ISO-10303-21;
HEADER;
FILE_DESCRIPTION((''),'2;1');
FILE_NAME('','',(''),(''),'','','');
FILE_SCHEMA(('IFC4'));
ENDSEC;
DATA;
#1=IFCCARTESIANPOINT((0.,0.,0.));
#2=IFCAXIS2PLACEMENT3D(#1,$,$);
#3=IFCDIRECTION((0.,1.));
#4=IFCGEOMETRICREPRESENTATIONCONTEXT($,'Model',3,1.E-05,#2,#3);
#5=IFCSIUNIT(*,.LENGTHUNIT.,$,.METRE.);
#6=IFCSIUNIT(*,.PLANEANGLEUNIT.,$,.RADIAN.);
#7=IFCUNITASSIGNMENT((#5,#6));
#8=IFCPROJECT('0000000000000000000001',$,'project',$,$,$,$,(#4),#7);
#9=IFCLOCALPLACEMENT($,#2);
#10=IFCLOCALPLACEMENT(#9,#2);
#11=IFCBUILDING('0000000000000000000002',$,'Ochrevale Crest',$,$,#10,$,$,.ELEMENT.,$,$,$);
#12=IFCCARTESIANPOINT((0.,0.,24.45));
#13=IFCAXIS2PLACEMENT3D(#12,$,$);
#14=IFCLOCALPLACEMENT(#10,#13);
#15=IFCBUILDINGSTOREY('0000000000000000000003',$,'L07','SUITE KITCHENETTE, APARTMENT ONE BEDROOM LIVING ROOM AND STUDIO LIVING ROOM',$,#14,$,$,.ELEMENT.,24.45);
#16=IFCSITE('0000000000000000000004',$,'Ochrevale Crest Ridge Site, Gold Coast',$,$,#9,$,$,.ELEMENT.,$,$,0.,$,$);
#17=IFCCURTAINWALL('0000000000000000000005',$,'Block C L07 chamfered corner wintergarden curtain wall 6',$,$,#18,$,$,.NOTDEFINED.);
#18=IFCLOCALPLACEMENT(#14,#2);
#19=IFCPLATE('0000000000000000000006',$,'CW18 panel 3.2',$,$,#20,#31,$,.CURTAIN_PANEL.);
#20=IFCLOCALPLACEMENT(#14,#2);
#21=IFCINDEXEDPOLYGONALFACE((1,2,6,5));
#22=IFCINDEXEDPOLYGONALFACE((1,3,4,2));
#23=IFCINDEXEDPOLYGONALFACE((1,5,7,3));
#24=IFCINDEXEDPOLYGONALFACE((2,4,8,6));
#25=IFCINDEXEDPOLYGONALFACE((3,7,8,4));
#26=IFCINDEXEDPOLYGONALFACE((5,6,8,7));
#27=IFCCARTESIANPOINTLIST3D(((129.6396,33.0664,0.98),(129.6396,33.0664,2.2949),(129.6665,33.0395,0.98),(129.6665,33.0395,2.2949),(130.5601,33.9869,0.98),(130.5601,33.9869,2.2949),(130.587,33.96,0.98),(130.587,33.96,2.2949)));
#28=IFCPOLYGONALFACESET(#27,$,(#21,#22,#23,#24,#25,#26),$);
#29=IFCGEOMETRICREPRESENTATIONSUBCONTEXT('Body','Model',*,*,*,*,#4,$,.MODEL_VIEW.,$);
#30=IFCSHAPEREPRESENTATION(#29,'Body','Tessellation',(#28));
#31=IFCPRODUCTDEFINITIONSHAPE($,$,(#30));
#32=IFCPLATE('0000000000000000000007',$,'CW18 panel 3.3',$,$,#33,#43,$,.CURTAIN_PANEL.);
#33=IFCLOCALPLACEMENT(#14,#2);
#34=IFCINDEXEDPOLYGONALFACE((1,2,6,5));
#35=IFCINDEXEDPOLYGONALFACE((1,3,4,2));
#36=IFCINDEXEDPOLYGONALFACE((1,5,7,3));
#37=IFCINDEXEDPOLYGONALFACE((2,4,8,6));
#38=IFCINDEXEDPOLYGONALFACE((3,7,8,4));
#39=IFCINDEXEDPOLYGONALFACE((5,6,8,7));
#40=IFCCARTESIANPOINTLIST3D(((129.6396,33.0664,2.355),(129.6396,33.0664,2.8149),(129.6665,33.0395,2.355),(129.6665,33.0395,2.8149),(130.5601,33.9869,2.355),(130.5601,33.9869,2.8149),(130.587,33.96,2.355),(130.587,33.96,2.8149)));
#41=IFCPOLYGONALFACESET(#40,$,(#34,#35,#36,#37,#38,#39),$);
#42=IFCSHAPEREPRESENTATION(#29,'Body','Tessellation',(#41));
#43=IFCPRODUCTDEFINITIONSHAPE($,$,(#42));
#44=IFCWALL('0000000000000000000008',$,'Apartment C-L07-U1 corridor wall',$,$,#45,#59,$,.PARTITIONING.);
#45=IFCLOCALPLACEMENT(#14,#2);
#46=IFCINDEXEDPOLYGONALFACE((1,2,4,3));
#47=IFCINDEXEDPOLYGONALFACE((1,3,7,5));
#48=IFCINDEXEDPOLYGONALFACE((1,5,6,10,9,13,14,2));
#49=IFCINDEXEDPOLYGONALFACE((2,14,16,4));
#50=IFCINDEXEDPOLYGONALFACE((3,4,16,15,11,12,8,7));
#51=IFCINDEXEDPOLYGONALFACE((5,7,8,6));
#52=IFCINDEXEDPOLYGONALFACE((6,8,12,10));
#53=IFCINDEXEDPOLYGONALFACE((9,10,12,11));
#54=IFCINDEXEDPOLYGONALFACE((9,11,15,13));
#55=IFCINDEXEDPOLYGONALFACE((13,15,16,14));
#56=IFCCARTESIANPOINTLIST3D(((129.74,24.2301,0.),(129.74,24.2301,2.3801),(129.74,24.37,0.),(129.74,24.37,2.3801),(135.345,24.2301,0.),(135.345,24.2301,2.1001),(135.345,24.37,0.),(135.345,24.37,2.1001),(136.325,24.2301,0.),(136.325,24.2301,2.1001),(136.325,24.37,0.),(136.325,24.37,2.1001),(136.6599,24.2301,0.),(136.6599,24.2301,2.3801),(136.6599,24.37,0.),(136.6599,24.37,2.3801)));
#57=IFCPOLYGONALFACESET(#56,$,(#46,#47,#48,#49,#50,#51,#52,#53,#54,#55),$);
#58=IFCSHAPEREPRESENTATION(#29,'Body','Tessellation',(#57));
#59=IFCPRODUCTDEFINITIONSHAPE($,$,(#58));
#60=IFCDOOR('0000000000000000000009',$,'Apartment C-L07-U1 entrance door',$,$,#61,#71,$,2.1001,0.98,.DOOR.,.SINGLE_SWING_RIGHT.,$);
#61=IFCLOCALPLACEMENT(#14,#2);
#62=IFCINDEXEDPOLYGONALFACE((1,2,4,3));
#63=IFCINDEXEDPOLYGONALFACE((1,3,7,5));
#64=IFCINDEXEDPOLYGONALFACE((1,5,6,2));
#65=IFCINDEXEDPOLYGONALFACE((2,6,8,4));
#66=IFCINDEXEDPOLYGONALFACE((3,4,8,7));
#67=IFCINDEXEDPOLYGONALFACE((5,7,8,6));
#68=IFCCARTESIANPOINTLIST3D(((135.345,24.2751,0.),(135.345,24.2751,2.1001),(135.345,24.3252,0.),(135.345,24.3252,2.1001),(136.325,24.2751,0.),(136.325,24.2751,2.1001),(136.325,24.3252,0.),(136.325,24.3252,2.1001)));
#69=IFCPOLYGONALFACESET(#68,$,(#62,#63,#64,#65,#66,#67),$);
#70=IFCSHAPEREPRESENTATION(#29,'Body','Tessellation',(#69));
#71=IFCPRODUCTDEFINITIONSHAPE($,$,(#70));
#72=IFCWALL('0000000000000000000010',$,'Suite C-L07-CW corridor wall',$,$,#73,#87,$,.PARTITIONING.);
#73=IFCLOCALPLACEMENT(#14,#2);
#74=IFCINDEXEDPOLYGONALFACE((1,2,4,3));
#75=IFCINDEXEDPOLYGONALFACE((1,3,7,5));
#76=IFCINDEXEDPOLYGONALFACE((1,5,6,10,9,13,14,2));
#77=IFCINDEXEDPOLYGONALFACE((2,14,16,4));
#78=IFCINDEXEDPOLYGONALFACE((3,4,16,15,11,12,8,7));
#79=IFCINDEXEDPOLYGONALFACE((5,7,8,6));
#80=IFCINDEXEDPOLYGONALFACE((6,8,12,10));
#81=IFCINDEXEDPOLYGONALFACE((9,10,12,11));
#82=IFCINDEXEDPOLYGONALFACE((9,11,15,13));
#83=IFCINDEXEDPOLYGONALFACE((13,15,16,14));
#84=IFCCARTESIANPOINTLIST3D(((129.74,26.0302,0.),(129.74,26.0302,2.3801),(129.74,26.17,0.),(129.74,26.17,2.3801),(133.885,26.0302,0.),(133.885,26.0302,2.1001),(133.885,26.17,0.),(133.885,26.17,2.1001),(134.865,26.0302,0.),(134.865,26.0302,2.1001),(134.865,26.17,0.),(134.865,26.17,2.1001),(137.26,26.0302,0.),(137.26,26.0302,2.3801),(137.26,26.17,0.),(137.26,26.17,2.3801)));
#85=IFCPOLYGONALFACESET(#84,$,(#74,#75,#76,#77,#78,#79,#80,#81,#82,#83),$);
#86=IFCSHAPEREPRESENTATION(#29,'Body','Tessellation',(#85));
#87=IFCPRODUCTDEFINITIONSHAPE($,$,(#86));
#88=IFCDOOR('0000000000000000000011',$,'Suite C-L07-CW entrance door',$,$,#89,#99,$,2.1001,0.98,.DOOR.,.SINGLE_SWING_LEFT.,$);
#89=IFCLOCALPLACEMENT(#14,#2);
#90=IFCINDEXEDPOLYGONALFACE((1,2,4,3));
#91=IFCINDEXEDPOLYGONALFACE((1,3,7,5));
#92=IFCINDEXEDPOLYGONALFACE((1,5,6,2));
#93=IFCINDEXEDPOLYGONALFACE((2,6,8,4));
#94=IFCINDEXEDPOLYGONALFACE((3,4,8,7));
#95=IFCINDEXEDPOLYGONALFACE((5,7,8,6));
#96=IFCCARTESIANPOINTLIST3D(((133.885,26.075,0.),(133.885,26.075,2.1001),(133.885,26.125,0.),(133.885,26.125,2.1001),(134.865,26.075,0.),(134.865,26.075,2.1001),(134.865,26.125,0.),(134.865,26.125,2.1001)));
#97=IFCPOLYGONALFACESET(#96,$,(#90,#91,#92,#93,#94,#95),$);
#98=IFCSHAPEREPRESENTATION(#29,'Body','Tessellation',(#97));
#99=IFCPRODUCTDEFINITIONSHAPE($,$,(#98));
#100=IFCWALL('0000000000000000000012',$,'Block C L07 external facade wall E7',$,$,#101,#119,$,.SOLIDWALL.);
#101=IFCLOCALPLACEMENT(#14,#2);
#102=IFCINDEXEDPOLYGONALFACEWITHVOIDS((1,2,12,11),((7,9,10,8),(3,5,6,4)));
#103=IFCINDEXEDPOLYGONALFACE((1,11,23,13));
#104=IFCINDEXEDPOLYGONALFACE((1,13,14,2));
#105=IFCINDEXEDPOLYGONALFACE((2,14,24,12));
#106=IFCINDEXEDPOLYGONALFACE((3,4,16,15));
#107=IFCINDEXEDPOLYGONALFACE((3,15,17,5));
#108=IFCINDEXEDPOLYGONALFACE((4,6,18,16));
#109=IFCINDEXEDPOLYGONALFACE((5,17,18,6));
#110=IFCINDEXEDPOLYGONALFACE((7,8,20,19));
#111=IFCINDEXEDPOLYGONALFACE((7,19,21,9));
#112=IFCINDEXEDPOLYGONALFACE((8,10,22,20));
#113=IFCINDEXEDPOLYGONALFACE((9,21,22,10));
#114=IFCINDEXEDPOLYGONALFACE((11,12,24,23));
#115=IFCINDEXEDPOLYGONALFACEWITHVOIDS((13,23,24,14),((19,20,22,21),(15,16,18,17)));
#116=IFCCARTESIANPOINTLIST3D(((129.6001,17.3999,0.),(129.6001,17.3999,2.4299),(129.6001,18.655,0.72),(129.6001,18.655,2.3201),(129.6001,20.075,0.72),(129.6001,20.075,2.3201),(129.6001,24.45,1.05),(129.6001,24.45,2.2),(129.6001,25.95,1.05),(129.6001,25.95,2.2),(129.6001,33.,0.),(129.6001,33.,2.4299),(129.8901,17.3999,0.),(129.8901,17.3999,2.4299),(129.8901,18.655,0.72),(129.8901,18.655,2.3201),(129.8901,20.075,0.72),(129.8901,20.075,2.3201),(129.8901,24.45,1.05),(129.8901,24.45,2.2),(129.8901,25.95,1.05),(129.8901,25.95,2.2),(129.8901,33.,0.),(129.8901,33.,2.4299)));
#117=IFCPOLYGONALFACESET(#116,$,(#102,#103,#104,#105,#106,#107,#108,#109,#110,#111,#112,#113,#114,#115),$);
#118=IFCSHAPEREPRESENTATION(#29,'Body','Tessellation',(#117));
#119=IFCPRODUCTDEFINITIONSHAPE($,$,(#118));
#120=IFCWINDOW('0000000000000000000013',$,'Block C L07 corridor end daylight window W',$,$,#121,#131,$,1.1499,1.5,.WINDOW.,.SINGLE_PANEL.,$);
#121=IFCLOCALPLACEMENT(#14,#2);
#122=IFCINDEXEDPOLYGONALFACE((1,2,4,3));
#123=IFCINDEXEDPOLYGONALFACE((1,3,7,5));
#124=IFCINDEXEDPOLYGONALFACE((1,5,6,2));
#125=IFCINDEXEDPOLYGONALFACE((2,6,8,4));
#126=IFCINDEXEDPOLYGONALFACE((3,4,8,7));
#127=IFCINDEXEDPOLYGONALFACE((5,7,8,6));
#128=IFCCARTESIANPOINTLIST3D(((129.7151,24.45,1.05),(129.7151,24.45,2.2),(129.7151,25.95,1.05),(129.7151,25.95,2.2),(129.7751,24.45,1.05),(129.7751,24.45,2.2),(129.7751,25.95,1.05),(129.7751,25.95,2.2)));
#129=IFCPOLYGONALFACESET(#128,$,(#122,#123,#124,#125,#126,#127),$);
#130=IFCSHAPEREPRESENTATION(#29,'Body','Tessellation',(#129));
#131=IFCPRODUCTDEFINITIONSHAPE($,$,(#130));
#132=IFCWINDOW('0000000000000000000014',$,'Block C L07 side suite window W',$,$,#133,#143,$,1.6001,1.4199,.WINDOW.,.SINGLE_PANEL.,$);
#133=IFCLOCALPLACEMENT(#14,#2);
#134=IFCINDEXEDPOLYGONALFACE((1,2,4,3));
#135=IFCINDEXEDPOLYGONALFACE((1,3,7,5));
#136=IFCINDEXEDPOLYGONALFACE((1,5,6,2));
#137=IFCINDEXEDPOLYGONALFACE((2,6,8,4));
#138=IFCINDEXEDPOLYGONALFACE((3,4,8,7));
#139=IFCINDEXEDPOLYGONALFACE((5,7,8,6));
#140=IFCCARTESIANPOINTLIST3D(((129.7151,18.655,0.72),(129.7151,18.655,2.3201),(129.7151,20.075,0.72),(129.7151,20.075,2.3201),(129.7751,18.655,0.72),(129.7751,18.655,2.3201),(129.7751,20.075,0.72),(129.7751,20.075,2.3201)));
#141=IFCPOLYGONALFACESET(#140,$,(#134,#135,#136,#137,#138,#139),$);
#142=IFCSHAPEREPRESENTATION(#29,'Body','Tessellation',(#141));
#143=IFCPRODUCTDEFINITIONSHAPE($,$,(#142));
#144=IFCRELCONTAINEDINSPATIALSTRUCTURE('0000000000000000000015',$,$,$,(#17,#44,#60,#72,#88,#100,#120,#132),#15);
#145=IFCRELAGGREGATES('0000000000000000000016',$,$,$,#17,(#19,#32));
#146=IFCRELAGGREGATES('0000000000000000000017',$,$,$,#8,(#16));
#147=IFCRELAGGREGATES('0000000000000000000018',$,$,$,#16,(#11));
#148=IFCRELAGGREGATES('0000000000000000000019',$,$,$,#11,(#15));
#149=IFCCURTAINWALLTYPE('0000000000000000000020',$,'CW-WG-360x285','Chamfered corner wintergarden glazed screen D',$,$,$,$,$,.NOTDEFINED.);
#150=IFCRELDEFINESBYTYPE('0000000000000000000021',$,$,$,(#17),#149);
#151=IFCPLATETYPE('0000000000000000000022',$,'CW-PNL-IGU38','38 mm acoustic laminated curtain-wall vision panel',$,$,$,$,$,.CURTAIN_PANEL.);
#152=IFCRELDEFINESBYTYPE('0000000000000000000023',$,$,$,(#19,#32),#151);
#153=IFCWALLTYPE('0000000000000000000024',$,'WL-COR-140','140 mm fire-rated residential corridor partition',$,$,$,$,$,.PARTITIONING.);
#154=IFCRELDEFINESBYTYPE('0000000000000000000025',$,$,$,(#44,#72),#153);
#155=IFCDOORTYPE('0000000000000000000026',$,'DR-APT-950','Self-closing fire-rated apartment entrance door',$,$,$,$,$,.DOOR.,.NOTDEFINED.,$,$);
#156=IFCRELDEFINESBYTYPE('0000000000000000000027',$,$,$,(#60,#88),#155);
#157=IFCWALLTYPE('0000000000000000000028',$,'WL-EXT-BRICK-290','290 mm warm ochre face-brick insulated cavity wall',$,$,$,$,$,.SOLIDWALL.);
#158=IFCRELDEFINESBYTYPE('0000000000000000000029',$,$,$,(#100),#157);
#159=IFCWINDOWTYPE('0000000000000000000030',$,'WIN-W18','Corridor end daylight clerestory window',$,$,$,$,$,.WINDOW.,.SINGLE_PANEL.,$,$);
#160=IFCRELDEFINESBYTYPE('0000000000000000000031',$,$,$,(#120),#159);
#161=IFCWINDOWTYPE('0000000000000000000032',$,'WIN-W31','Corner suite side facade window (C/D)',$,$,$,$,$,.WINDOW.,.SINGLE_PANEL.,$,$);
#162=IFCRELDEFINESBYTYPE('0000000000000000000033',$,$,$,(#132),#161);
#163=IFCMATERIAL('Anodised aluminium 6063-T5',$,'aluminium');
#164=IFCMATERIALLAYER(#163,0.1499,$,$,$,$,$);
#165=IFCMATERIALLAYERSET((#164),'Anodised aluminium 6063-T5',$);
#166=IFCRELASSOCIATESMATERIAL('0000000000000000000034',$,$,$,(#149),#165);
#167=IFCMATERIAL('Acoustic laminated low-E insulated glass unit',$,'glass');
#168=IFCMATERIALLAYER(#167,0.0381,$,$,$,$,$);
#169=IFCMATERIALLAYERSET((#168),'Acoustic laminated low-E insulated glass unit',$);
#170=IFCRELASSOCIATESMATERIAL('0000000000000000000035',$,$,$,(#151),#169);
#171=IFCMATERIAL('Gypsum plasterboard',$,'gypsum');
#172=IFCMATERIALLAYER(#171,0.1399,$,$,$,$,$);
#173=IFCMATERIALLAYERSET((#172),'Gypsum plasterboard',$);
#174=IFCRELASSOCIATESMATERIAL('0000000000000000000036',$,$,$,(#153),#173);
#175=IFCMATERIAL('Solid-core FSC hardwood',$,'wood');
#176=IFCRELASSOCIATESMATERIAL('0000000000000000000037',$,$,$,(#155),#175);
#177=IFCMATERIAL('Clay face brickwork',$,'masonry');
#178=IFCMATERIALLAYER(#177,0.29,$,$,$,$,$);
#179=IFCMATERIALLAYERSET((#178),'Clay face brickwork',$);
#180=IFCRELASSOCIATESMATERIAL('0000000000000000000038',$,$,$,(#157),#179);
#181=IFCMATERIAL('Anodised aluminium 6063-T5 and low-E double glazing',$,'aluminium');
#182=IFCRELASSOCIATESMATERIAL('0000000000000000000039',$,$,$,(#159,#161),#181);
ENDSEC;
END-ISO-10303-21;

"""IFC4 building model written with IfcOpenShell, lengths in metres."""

from ifc_helpers import new_model, si_unit, direction, frame, frame_2d, origin, origin_2d, place, context, subcontext, project, spatial, rectangle, extrude, material, layer, layer_set, type_object, element, fill, aggregate, save


model = new_model("IFC4")

# Units and contexts
model_context = context("Model", 3, precision=1e-05, world=origin(), true_north=direction((0.0, 1.0)))
body_context = subcontext(model_context, "Body", "Model", "MODEL_VIEW")
ifc_project = project(units=[si_unit("LENGTHUNIT", "METRE"), si_unit("PLANEANGLEUNIT", "RADIAN")], contexts=[model_context])

# Site, building, storey
site_placement = place(None, origin())
site = spatial("IfcSite", under=ifc_project, at=site_placement, Name="Ochrevale Crest Ridge Site, Gold Coast", CompositionType="ELEMENT", RefElevation=0.0)
building_placement = place(site_placement, origin())
building = spatial("IfcBuilding", under=site, at=building_placement, Name="Ochrevale Crest", CompositionType="ELEMENT")
storey_placement = place(building_placement, frame((0.0, 0.0, 24.45)))
storey = spatial("IfcBuildingStorey", under=building, at=storey_placement, Name="L07", Description="SUITE KITCHENETTE, APARTMENT ONE BEDROOM LIVING ROOM AND STUDIO LIVING ROOM", CompositionType="ELEMENT", Elevation=24.45)

# Curtain wall
ifc_material_1 = material(Name="Anodised aluminium 6063-T5", Category="aluminium")
ifc_layer_1 = layer(ifc_material_1, 0.1499)
ifc_layer_set_1 = layer_set([ifc_layer_1], Name="Anodised aluminium 6063-T5")
curtain_wall_type_1 = type_object("IfcCurtainWallType", Name="CW-WG-360x285", Description="Chamfered corner wintergarden glazed screen D", PredefinedType="NOTDEFINED", material=ifc_layer_set_1)
curtain_wall_1_placement = place(storey_placement, origin())
curtain_wall_1 = element("IfcCurtainWall", 1, at=curtain_wall_1_placement, inside=storey, type_object=curtain_wall_type_1, Name="Block C L07 chamfered corner wintergarden curtain wall 6", PredefinedType="NOTDEFINED")

# Plates
ifc_material_2 = material(Name="Acoustic laminated low-E insulated glass unit", Category="glass")
ifc_layer_2 = layer(ifc_material_2, 0.0381)
ifc_layer_set_2 = layer_set([ifc_layer_2], Name="Acoustic laminated low-E insulated glass unit")
plate_type_1 = type_object("IfcPlateType", Name="CW-PNL-IGU38", Description="38 mm acoustic laminated curtain-wall vision panel", PredefinedType="CURTAIN_PANEL", material=ifc_layer_set_2)
plate_1_placement = place(storey_placement, frame((130.1133, 33.5132, 0.98), z_axis=(0.0, 0.0, 1.0), x_axis=(-0.707107, -0.707107, 0.0)))
plate_1 = element("IfcPlate", 2, at=plate_1_placement, type_object=plate_type_1, Name="CW18 panel 3.2", PredefinedType="CURTAIN_PANEL", context=body_context, shape_type="SweptSolid", body=[
    extrude(rectangle(XDim=1.3018, YDim=0.0381, at=origin_2d()), origin(), (0.0, 0.0, 1.0), 1.3149),
])
plate_2_placement = place(storey_placement, frame((130.1133, 33.5132, 2.355), z_axis=(0.0, 0.0, 1.0), x_axis=(-0.707107, -0.707107, 0.0)))
plate_2 = element("IfcPlate", 3, at=plate_2_placement, type_object=plate_type_1, Name="CW18 panel 3.3", PredefinedType="CURTAIN_PANEL", context=body_context, shape_type="SweptSolid", body=[
    extrude(rectangle(XDim=1.3018, YDim=0.0381, at=origin_2d()), origin(), (0.0, 0.0, 1.0), 0.46),
])
aggregate(curtain_wall_1, [plate_1, plate_2])

# Walls, openings, doors
ifc_material_3 = material(Name="Gypsum plasterboard", Category="gypsum")
ifc_layer_3 = layer(ifc_material_3, 0.1399)
ifc_layer_set_3 = layer_set([ifc_layer_3], Name="Gypsum plasterboard")
wall_type_1 = type_object("IfcWallType", Name="WL-COR-140", Description="140 mm fire-rated residential corridor partition", PredefinedType="PARTITIONING", material=ifc_layer_set_3)
wall_1_placement = place(storey_placement, frame((129.74, 24.3, 0.0), z_axis=(0.0, 0.0, 1.0), x_axis=(1.0, 0.0, 0.0)))
wall_1 = element("IfcWall", 4, at=wall_1_placement, inside=storey, type_object=wall_type_1, Name="Apartment C-L07-U1 corridor wall", PredefinedType="PARTITIONING", context=body_context, shape_type="SweptSolid", body=[
    extrude(rectangle(XDim=6.9199, YDim=0.1399, at=frame_2d((3.46, 0.0))), origin(), (0.0, 0.0, 1.0), 2.3801),
])
opening_1_placement = place(wall_1_placement, frame((6.585, 0.0, 0.0), z_axis=(0.0, 0.0, 1.0), x_axis=(-1.0, 0.0, 0.0)))
opening_1 = element("IfcOpeningElement", 5, at=opening_1_placement, cuts=wall_1, PredefinedType="OPENING", context=body_context, shape_type="SweptSolid", body=[
    extrude(rectangle(XDim=0.98, YDim=2.1001, at=frame_2d((0.49, 1.05))), frame((0.0, 0.0801, 0.0), z_axis=(0.0, -1.0, 0.0), x_axis=(1.0, 0.0, 0.0)), (0.0, 0.0, 1.0), 0.1599),
])
ifc_material_4 = material(Name="Solid-core FSC hardwood", Category="wood")
door_type_1 = type_object("IfcDoorType", Name="DR-APT-950", Description="Self-closing fire-rated apartment entrance door", OperationType="NOTDEFINED", PredefinedType="DOOR", material=ifc_material_4)
door_1_placement = place(opening_1_placement, origin())
door_1 = element("IfcDoor", 6, at=door_1_placement, inside=storey, type_object=door_type_1, Name="Apartment C-L07-U1 entrance door", OperationType="SINGLE_SWING_RIGHT", OverallHeight=2.1001, OverallWidth=0.98, PredefinedType="DOOR", context=body_context, shape_type="SweptSolid", body=[
    extrude(rectangle(XDim=0.98, YDim=2.1001, at=frame_2d((0.49, 1.05))), frame((0.0, 0.0249, 0.0), z_axis=(0.0, -1.0, 0.0), x_axis=(1.0, 0.0, 0.0)), (0.0, 0.0, 1.0), 0.05),
])
fill(opening_1, door_1)
wall_2_placement = place(storey_placement, frame((129.74, 26.1001, 0.0), z_axis=(0.0, 0.0, 1.0), x_axis=(1.0, 0.0, 0.0)))
wall_2 = element("IfcWall", 7, at=wall_2_placement, inside=storey, type_object=wall_type_1, Name="Suite C-L07-CW corridor wall", PredefinedType="PARTITIONING", context=body_context, shape_type="SweptSolid", body=[
    extrude(rectangle(XDim=7.52, YDim=0.1399, at=frame_2d((3.76, 0.0))), origin(), (0.0, 0.0, 1.0), 2.3801),
])
opening_2_placement = place(wall_2_placement, frame((4.145, 0.0, 0.0)))
opening_2 = element("IfcOpeningElement", 8, at=opening_2_placement, cuts=wall_2, PredefinedType="OPENING", context=body_context, shape_type="SweptSolid", body=[
    extrude(rectangle(XDim=0.98, YDim=2.1001, at=frame_2d((0.49, 1.05))), frame((0.0, 0.0801, 0.0), z_axis=(0.0, -1.0, 0.0), x_axis=(1.0, 0.0, 0.0)), (0.0, 0.0, 1.0), 0.1599),
])
door_2_placement = place(opening_2_placement, origin())
door_2 = element("IfcDoor", 9, at=door_2_placement, inside=storey, type_object=door_type_1, Name="Suite C-L07-CW entrance door", OperationType="SINGLE_SWING_LEFT", OverallHeight=2.1001, OverallWidth=0.98, PredefinedType="DOOR", context=body_context, shape_type="SweptSolid", body=[
    extrude(rectangle(XDim=0.98, YDim=2.1001, at=frame_2d((0.49, 1.05))), frame((0.0, 0.0249, 0.0), z_axis=(0.0, -1.0, 0.0), x_axis=(1.0, 0.0, 0.0)), (0.0, 0.0, 1.0), 0.05),
])
fill(opening_2, door_2)

# Wall, openings, windows
ifc_material_5 = material(Name="Clay face brickwork", Category="masonry")
ifc_layer_4 = layer(ifc_material_5, 0.29)
ifc_layer_set_4 = layer_set([ifc_layer_4], Name="Clay face brickwork")
wall_type_2 = type_object("IfcWallType", Name="WL-EXT-BRICK-290", Description="290 mm warm ochre face-brick insulated cavity wall", PredefinedType="SOLIDWALL", material=ifc_layer_set_4)
wall_3_placement = place(storey_placement, frame((129.7451, 33.0, 0.0), z_axis=(0.0, 0.0, 1.0), x_axis=(0.0, -1.0, 0.0)))
wall_3 = element("IfcWall", 10, at=wall_3_placement, inside=storey, type_object=wall_type_2, Name="Block C L07 external facade wall E7", PredefinedType="SOLIDWALL", context=body_context, shape_type="SweptSolid", body=[
    extrude(rectangle(XDim=15.6001, YDim=0.29, at=frame_2d((7.8, 0.0))), origin(), (0.0, 0.0, 1.0), 2.4299),
])
opening_3_placement = place(wall_3_placement, frame((7.05, 0.0, 1.05)))
opening_3 = element("IfcOpeningElement", 11, at=opening_3_placement, cuts=wall_3, PredefinedType="OPENING", context=body_context, shape_type="SweptSolid", body=[
    extrude(rectangle(XDim=1.5, YDim=1.1499, at=frame_2d((0.75, 0.575))), frame((0.0, 0.155, 0.0), z_axis=(0.0, -1.0, 0.0), x_axis=(1.0, 0.0, 0.0)), (0.0, 0.0, 1.0), 0.3101),
])
opening_4_placement = place(wall_3_placement, frame((12.925, 0.0, 0.72)))
opening_4 = element("IfcOpeningElement", 12, at=opening_4_placement, cuts=wall_3, PredefinedType="OPENING", context=body_context, shape_type="SweptSolid", body=[
    extrude(rectangle(XDim=1.4199, YDim=1.6001, at=frame_2d((0.71, 0.8))), frame((0.0, 0.155, 0.0), z_axis=(0.0, -1.0, 0.0), x_axis=(1.0, 0.0, 0.0)), (0.0, 0.0, 1.0), 0.3101),
])
ifc_material_6 = material(Name="Anodised aluminium 6063-T5 and low-E double glazing", Category="aluminium")
window_type_1 = type_object("IfcWindowType", Name="WIN-W18", Description="Corridor end daylight clerestory window", PartitioningType="SINGLE_PANEL", PredefinedType="WINDOW", material=ifc_material_6)
window_1_placement = place(opening_3_placement, origin())
window_1 = element("IfcWindow", 13, at=window_1_placement, inside=storey, type_object=window_type_1, Name="Block C L07 corridor end daylight window W", OverallHeight=1.1499, OverallWidth=1.5, PartitioningType="SINGLE_PANEL", PredefinedType="WINDOW", context=body_context, shape_type="SweptSolid", body=[
    extrude(rectangle(XDim=1.5, YDim=1.1499, at=frame_2d((0.75, 0.575))), frame((0.0, 0.03, 0.0), z_axis=(0.0, -1.0, 0.0), x_axis=(1.0, 0.0, 0.0)), (0.0, 0.0, 1.0), 0.0601),
])
fill(opening_3, window_1)
window_type_2 = type_object("IfcWindowType", Name="WIN-W31", Description="Corner suite side facade window (C/D)", PartitioningType="SINGLE_PANEL", PredefinedType="WINDOW", material=ifc_material_6)
window_2_placement = place(opening_4_placement, origin())
window_2 = element("IfcWindow", 14, at=window_2_placement, inside=storey, type_object=window_type_2, Name="Block C L07 side suite window W", OverallHeight=1.6001, OverallWidth=1.4199, PartitioningType="SINGLE_PANEL", PredefinedType="WINDOW", context=body_context, shape_type="SweptSolid", body=[
    extrude(rectangle(XDim=1.4199, YDim=1.6001, at=frame_2d((0.71, 0.8))), frame((0.0, 0.03, 0.0), z_axis=(0.0, -1.0, 0.0), x_axis=(1.0, 0.0, 0.0)), (0.0, 0.0, 1.0), 0.0601),
])
fill(opening_4, window_2)

save(model, "model.ifc")
